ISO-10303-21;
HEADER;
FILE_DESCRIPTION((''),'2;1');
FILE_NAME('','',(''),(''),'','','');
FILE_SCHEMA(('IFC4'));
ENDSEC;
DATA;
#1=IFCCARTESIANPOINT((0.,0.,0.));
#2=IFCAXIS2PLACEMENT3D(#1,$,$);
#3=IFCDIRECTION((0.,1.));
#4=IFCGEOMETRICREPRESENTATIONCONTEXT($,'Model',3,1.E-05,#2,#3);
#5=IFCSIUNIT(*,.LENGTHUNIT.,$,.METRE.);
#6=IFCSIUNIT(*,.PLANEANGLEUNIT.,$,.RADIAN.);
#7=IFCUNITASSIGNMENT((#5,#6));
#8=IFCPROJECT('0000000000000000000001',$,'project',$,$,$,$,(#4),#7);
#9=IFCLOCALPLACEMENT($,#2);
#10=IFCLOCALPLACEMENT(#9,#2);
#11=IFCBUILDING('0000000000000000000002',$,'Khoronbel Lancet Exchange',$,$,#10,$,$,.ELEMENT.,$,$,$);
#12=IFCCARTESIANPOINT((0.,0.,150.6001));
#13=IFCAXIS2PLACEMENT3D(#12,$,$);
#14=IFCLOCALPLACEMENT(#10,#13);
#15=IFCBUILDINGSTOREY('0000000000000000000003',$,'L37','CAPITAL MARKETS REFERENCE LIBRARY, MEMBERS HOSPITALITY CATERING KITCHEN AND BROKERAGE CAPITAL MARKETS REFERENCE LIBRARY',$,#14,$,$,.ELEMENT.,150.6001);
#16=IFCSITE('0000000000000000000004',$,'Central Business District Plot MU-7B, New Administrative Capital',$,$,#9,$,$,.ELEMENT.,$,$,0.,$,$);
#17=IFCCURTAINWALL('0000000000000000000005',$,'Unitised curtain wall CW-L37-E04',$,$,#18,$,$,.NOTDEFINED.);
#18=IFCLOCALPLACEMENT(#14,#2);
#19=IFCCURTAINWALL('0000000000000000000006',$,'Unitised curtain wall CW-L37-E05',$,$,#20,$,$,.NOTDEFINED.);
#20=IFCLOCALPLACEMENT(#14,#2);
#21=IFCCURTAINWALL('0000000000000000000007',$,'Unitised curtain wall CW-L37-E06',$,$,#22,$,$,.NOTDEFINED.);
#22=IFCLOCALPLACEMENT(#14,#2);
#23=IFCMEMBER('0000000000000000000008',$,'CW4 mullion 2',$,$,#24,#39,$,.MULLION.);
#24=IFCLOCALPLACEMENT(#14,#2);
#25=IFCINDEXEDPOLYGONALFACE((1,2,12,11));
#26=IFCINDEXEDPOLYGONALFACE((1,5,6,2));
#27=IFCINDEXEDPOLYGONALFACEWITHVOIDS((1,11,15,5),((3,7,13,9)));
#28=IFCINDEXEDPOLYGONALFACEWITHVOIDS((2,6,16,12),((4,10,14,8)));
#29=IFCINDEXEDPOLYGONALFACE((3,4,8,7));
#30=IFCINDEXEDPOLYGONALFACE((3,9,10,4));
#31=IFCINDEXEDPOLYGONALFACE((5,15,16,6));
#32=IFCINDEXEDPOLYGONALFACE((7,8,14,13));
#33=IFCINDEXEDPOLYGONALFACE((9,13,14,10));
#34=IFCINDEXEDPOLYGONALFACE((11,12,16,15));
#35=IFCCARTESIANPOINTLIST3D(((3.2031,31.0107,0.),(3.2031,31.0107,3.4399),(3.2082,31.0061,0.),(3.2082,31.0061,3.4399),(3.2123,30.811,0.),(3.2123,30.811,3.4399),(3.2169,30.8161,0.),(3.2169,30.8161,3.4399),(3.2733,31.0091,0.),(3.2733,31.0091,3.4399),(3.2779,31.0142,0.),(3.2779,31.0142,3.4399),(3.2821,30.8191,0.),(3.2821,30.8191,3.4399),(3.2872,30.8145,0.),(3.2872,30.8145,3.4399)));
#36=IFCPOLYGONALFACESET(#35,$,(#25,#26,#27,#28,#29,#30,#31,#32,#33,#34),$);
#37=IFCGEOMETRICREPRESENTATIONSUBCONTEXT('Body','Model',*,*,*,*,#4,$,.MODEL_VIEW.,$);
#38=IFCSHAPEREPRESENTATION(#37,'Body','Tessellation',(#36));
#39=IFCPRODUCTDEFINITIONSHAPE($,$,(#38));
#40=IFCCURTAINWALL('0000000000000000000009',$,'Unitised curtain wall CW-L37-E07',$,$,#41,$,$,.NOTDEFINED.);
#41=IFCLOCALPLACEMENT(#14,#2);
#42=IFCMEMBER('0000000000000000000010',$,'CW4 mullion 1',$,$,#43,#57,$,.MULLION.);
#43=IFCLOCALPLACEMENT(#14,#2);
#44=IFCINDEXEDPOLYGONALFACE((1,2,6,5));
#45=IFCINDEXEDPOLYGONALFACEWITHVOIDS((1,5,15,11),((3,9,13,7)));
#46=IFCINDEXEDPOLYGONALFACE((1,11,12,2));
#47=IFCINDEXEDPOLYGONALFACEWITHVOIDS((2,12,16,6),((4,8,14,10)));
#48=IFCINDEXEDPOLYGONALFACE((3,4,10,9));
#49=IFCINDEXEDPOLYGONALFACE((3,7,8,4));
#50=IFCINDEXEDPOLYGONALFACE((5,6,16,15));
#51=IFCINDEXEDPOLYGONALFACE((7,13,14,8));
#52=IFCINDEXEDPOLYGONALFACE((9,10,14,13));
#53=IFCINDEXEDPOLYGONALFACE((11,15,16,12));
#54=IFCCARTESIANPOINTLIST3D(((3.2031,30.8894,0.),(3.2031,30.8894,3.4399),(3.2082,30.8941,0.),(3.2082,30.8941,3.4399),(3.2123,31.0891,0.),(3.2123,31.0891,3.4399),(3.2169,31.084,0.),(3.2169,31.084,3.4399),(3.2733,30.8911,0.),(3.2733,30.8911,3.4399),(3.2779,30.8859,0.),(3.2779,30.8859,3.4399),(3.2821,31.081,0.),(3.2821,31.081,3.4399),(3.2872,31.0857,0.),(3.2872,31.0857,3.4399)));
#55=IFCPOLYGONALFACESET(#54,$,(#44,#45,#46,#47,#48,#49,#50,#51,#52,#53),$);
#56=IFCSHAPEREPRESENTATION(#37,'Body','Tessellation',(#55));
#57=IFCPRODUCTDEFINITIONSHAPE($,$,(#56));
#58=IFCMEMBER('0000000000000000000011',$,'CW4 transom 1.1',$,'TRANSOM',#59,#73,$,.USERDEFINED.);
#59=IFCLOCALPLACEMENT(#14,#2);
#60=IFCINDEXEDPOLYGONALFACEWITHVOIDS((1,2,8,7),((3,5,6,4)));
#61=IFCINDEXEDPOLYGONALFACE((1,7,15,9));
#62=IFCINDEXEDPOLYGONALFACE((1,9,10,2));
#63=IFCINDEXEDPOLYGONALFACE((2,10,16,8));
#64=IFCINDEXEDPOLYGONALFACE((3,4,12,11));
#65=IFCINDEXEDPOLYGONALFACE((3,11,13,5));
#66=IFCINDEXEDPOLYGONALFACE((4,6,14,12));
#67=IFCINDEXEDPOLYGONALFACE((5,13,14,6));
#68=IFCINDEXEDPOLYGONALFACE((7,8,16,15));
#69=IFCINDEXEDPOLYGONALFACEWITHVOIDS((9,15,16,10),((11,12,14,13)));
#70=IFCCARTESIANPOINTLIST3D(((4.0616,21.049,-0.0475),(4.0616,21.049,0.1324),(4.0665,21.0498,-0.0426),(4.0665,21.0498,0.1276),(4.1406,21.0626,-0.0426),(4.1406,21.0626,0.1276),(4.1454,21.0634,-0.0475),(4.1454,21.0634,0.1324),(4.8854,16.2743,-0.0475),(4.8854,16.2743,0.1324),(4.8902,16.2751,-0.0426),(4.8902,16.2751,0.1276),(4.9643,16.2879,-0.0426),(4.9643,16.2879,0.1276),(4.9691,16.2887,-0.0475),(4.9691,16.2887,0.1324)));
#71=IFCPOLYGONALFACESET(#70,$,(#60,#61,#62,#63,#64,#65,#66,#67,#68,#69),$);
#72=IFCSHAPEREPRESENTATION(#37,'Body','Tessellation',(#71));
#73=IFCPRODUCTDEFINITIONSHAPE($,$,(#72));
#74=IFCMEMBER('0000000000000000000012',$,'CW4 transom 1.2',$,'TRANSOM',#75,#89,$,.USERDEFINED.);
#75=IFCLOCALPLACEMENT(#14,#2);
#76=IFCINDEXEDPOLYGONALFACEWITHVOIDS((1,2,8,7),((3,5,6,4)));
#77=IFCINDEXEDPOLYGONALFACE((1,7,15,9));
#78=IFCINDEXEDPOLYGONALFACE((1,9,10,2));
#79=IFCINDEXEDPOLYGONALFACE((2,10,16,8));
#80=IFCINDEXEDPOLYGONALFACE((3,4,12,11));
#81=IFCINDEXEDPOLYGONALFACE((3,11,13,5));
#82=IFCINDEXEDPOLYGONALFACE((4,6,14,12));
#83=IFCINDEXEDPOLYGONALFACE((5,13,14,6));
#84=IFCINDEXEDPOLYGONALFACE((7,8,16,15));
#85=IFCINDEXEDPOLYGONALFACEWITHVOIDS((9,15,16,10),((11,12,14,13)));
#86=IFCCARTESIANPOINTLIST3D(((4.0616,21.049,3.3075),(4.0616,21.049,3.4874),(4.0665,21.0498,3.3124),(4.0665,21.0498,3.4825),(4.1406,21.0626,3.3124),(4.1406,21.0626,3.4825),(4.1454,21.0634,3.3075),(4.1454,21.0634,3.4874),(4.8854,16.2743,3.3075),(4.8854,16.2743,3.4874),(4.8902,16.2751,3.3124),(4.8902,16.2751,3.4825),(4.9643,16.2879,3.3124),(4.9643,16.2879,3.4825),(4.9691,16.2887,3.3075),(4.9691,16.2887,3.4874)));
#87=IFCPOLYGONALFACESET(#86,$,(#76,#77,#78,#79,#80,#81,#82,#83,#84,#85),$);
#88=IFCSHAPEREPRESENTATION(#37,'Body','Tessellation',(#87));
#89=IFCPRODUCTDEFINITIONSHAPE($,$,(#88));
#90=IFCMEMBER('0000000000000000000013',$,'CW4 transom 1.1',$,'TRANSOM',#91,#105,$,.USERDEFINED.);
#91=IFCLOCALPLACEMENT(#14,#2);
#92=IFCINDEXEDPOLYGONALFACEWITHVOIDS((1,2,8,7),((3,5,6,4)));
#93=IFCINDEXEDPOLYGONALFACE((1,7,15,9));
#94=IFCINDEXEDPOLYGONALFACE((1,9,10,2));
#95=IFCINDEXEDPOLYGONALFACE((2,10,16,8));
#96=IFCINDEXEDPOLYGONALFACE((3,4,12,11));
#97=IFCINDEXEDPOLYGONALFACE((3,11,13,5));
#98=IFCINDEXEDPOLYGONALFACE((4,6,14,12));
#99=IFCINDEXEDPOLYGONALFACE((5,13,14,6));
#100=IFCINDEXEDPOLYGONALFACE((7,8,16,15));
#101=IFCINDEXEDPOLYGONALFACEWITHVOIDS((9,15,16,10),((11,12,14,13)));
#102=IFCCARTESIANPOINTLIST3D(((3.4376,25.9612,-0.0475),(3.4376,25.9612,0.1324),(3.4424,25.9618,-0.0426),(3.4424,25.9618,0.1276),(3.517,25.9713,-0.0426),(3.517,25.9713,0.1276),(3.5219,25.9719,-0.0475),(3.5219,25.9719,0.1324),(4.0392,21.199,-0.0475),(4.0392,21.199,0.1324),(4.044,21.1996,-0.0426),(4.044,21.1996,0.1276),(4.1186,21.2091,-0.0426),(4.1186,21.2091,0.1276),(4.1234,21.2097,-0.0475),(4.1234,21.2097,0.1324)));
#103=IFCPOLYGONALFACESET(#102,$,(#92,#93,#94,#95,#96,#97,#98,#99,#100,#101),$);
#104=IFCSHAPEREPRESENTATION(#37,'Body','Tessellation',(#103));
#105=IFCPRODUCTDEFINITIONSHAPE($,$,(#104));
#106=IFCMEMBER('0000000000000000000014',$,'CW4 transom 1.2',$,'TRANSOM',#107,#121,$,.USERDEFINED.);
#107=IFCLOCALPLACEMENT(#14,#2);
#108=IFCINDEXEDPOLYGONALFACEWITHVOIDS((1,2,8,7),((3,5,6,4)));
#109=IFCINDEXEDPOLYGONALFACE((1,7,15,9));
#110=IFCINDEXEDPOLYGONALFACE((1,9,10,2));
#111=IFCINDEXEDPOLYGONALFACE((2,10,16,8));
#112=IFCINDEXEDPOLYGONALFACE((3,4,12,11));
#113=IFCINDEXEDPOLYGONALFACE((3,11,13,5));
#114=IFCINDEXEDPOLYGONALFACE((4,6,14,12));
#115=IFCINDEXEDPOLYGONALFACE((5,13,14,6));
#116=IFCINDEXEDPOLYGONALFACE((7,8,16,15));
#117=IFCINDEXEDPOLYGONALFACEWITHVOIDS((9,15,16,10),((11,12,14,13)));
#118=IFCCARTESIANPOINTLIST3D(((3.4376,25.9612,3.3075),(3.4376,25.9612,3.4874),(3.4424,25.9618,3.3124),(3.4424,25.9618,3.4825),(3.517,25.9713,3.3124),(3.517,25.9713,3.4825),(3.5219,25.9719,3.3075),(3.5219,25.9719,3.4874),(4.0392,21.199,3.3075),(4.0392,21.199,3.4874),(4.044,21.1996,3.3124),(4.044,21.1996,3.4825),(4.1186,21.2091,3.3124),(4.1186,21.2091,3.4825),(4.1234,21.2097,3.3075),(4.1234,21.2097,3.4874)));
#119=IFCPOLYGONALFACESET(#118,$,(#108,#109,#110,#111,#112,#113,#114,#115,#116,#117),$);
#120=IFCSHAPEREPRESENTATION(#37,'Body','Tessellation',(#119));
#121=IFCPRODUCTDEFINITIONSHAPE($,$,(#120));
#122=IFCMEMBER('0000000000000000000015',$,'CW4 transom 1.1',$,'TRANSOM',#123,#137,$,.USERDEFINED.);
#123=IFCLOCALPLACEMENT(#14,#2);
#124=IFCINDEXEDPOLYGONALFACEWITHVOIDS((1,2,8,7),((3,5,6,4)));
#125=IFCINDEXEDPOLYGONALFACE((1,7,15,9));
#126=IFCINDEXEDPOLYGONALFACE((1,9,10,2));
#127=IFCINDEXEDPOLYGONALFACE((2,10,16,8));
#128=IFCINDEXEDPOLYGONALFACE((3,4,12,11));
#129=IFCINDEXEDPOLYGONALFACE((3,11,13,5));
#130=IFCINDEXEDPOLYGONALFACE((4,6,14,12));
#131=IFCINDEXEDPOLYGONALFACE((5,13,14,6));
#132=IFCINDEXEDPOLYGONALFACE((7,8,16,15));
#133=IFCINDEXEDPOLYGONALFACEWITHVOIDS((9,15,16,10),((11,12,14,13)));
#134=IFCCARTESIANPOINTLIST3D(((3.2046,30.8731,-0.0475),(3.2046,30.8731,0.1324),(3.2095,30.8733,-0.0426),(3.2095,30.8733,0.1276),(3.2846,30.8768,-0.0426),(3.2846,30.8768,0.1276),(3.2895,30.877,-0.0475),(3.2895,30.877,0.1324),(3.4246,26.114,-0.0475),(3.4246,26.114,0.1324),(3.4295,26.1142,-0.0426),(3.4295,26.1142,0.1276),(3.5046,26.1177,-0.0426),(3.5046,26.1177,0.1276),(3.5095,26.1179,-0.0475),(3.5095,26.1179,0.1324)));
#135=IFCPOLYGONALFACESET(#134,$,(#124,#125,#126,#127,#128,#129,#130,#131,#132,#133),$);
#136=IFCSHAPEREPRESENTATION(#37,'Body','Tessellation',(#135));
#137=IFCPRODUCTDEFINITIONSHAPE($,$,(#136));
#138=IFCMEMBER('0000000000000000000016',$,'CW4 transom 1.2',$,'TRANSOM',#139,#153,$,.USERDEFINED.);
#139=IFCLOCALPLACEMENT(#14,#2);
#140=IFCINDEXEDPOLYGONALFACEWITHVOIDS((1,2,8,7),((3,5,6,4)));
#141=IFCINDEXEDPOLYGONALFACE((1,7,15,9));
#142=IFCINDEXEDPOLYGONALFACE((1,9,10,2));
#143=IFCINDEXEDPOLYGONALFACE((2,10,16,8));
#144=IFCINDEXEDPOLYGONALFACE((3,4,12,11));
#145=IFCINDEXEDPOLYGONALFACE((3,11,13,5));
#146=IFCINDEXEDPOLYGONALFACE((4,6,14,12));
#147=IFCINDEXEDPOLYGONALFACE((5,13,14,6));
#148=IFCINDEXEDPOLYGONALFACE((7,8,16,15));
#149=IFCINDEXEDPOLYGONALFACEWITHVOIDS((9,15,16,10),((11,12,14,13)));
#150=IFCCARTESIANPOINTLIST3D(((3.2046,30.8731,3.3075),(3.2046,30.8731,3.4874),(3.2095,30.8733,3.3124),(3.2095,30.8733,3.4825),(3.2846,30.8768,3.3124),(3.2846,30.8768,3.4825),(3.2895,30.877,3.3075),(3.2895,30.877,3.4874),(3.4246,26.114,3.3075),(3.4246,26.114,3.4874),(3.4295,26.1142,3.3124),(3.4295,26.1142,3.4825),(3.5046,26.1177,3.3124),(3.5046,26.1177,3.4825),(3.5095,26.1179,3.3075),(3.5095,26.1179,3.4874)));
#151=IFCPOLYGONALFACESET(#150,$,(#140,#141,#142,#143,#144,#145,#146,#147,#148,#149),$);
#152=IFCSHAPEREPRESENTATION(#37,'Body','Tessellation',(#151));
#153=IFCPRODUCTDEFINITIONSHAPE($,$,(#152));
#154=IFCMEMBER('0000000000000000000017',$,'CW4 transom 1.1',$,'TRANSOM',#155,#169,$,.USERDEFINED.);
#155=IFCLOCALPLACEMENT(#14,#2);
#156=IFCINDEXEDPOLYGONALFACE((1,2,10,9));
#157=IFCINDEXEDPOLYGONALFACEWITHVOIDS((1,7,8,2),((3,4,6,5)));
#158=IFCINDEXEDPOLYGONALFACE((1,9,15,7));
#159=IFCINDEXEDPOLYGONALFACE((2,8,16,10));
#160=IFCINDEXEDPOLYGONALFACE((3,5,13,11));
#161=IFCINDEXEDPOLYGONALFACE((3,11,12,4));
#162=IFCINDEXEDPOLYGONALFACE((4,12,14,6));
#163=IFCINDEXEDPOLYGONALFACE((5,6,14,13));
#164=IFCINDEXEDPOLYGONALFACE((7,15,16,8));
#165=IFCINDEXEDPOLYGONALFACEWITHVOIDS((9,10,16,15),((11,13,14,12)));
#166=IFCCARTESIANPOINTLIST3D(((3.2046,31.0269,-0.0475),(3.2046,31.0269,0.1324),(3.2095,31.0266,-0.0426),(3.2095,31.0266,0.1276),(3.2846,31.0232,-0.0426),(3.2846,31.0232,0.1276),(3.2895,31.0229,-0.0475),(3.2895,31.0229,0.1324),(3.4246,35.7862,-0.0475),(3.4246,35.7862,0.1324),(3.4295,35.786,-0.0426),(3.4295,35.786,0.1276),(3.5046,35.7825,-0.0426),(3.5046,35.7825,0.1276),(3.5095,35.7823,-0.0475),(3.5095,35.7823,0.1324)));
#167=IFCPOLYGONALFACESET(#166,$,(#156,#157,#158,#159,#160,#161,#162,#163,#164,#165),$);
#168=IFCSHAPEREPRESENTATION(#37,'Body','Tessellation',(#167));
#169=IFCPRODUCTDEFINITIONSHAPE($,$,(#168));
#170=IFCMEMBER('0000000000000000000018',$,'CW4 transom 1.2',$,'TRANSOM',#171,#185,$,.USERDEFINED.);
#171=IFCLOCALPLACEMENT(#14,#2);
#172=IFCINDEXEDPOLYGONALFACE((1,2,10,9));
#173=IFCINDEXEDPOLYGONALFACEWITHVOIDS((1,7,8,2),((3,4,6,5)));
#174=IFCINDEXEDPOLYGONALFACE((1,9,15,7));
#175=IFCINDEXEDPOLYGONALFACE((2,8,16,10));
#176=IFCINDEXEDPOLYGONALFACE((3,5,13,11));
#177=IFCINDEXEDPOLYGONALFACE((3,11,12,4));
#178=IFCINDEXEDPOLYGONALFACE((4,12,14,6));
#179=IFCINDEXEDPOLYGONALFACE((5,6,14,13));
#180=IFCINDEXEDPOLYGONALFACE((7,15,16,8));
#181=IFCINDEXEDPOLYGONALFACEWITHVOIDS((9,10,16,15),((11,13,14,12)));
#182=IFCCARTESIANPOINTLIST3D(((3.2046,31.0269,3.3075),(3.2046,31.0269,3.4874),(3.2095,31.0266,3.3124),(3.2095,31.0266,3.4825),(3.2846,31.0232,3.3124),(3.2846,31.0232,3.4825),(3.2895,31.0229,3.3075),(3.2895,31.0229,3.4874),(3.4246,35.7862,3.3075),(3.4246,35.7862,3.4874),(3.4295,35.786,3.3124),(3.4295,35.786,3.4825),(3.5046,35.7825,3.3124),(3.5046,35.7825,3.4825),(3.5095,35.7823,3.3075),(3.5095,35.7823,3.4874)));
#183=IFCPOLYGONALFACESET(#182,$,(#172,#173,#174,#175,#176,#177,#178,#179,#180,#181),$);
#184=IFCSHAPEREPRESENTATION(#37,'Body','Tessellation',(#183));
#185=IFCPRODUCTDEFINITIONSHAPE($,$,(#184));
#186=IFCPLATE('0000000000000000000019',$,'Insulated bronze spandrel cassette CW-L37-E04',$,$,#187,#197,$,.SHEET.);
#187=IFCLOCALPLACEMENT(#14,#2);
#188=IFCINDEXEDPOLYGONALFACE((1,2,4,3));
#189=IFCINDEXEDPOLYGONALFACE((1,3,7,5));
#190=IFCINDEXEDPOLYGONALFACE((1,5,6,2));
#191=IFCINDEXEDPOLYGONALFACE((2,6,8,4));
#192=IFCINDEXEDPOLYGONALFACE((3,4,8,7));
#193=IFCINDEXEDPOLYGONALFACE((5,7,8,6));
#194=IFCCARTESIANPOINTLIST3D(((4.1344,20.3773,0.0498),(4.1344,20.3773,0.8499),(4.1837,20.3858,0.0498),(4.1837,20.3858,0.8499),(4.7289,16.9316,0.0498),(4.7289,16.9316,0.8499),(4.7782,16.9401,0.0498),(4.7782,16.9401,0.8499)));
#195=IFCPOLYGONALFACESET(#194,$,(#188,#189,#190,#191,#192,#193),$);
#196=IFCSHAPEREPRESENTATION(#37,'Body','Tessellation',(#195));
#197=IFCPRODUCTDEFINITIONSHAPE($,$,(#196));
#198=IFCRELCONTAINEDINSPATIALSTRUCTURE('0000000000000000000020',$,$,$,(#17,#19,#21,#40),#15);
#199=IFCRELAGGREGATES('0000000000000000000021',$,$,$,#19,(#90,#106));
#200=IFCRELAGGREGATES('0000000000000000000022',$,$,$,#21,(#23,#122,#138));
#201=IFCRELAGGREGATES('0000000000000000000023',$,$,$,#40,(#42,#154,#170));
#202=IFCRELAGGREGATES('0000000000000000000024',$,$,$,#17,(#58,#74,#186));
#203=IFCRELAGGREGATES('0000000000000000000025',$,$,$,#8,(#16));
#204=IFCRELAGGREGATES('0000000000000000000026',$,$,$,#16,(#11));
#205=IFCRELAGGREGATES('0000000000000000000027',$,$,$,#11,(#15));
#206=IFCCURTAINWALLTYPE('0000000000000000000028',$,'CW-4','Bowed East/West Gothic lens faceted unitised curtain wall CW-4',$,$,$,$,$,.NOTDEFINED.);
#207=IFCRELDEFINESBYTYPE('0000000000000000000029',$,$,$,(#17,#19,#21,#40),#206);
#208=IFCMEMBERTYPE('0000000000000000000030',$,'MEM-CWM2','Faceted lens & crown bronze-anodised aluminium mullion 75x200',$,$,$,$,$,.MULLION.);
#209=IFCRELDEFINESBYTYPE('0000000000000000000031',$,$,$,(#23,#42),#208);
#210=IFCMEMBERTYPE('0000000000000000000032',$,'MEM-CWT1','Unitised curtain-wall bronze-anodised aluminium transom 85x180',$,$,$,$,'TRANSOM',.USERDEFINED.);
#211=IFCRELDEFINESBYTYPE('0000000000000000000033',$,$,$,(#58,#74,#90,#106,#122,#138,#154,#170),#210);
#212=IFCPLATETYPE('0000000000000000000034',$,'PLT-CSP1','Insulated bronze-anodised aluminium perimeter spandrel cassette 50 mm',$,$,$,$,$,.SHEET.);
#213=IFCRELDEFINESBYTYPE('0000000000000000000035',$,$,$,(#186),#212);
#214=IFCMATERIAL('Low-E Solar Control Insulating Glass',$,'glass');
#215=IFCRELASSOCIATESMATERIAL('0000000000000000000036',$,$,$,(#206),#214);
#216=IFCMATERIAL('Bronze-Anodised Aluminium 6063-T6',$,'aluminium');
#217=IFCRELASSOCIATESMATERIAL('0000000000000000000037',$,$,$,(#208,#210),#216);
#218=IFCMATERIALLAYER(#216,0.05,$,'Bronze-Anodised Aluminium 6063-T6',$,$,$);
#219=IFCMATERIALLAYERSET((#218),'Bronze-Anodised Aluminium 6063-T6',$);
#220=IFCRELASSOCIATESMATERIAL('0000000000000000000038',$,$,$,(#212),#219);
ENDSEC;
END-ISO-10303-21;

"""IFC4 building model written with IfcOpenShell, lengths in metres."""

from ifc_helpers import new_model, si_unit, direction, frame, origin, origin_2d, place, context, subcontext, project, spatial, rectangle, hollow_rectangle, extrude, material, layer, layer_set, material_profile, profile_set, type_object, element, aggregate, save


model = new_model("IFC4")

# Units and contexts
model_context = context("Model", 3, precision=1e-05, world=origin(), true_north=direction((0.0, 1.0)))
body_context = subcontext(model_context, "Body", "Model", "MODEL_VIEW")
ifc_project = project(units=[si_unit("LENGTHUNIT", "METRE"), si_unit("PLANEANGLEUNIT", "RADIAN")], contexts=[model_context])

# Site, building, storey
site_placement = place(None, origin())
site = spatial("IfcSite", under=ifc_project, at=site_placement, Name="Central Business District Plot MU-7B, New Administrative Capital", CompositionType="ELEMENT", RefElevation=0.0)
building_placement = place(site_placement, origin())
building = spatial("IfcBuilding", under=site, at=building_placement, Name="Khoronbel Lancet Exchange", CompositionType="ELEMENT")
storey_placement = place(building_placement, frame((0.0, 0.0, 150.6001)))
storey = spatial("IfcBuildingStorey", under=building, at=storey_placement, Name="L37", Description="CAPITAL MARKETS REFERENCE LIBRARY, MEMBERS HOSPITALITY CATERING KITCHEN AND BROKERAGE CAPITAL MARKETS REFERENCE LIBRARY", CompositionType="ELEMENT", Elevation=150.6001)

# Curtain walls, member
ifc_material_1 = material(Name="Low-E Solar Control Insulating Glass", Category="glass")
curtain_wall_type = type_object("IfcCurtainWallType", Name="CW-4", Description="Bowed East/West Gothic lens faceted unitised curtain wall CW-4", PredefinedType="NOTDEFINED", material=ifc_material_1)
curtain_wall_1_placement = place(storey_placement, origin())
curtain_wall_1 = element("IfcCurtainWall", 1, at=curtain_wall_1_placement, inside=storey, type_object=curtain_wall_type, Name="Unitised curtain wall CW-L37-E04", PredefinedType="NOTDEFINED")
ifc_material_2 = material(Name="Bronze-Anodised Aluminium 6063-T6", Category="aluminium")
ifc_material_profile_1 = material_profile(ifc_material_2, hollow_rectangle(XDim=0.075, YDim=0.2, WallThickness=0.0049, at=origin_2d()), Name="ALU MULLION 75x200")
ifc_profile_set_1 = profile_set([ifc_material_profile_1], Name="Bronze-Anodised Aluminium 6063-T6")
member_type_1 = type_object("IfcMemberType", Name="MEM-CWM2", Description="Faceted lens & crown bronze-anodised aluminium mullion 75x200", PredefinedType="MULLION", material=ifc_profile_set_1)
curtain_wall_2_placement = place(storey_placement, origin())
curtain_wall_2 = element("IfcCurtainWall", 2, at=curtain_wall_2_placement, inside=storey, type_object=curtain_wall_type, Name="Unitised curtain wall CW-L37-E05", PredefinedType="NOTDEFINED")
curtain_wall_3_placement = place(storey_placement, origin())
curtain_wall_3 = element("IfcCurtainWall", 3, at=curtain_wall_3_placement, inside=storey, type_object=curtain_wall_type, Name="Unitised curtain wall CW-L37-E06", PredefinedType="NOTDEFINED")
member_1_placement = place(storey_placement, frame((3.2451, 30.9126, 0.0), z_axis=(0.0, 0.0, 1.0), x_axis=(-0.998934, -0.046172, 0.0)))
member_1 = element("IfcMember", 4, at=member_1_placement, type_object=member_type_1, Name="CW4 mullion 2", PredefinedType="MULLION", context=body_context, shape_type="SweptSolid", body=[
    extrude(hollow_rectangle(XDim=0.075, YDim=0.2, WallThickness=0.0049, at=origin_2d()), origin(), (0.0, 0.0, 1.0), 3.4399),
])

# Curtain wall, member
curtain_wall_4_placement = place(storey_placement, origin())
curtain_wall_4 = element("IfcCurtainWall", 5, at=curtain_wall_4_placement, inside=storey, type_object=curtain_wall_type, Name="Unitised curtain wall CW-L37-E07", PredefinedType="NOTDEFINED")
member_2_placement = place(storey_placement, frame((3.2451, 30.9875, 0.0), z_axis=(0.0, 0.0, 1.0), x_axis=(-0.998934, 0.046172, 0.0)))
member_2 = element("IfcMember", 6, at=member_2_placement, type_object=member_type_1, Name="CW4 mullion 1", PredefinedType="MULLION", context=body_context, shape_type="SweptSolid", body=[
    extrude(hollow_rectangle(XDim=0.075, YDim=0.2, WallThickness=0.0049, at=origin_2d()), origin(), (0.0, 0.0, 1.0), 3.4399),
])

# Members
ifc_material_profile_2 = material_profile(ifc_material_2, hollow_rectangle(XDim=0.085, YDim=0.1799, WallThickness=0.0049, at=origin_2d()), Name="ALU TRANSOM 85x180")
ifc_profile_set_2 = profile_set([ifc_material_profile_2], Name="Bronze-Anodised Aluminium 6063-T6")
member_type_2 = type_object("IfcMemberType", Name="MEM-CWT1", Description="Unitised curtain-wall bronze-anodised aluminium transom 85x180", ElementType="TRANSOM", PredefinedType="USERDEFINED", material=ifc_profile_set_2)
member_3_placement = place(storey_placement, frame((4.9272, 16.2815, 0.0425), z_axis=(-0.17001, 0.985442, 0.0), x_axis=(-0.985442, -0.17001, 0.0)))
member_3 = element("IfcMember", 7, at=member_3_placement, type_object=member_type_2, Name="CW4 transom 1.1", ObjectType="TRANSOM", PredefinedType="USERDEFINED", context=body_context, shape_type="SweptSolid", body=[
    extrude(hollow_rectangle(XDim=0.085, YDim=0.1799, WallThickness=0.0049, at=origin_2d()), origin(), (0.0, 0.0, 1.0), 4.8452),
])
member_4_placement = place(storey_placement, frame((4.9272, 16.2815, 3.3975), z_axis=(-0.17001, 0.985442, 0.0), x_axis=(-0.985442, -0.17001, 0.0)))
member_4 = element("IfcMember", 8, at=member_4_placement, type_object=member_type_2, Name="CW4 transom 1.2", ObjectType="TRANSOM", PredefinedType="USERDEFINED", context=body_context, shape_type="SweptSolid", body=[
    extrude(hollow_rectangle(XDim=0.085, YDim=0.1799, WallThickness=0.0049, at=origin_2d()), origin(), (0.0, 0.0, 1.0), 4.8452),
])
member_5_placement = place(storey_placement, frame((4.0813, 21.2043, 0.0425), z_axis=(-0.125324, 0.992116, 0.0), x_axis=(-0.992116, -0.125324, 0.0)))
member_5 = element("IfcMember", 9, at=member_5_placement, type_object=member_type_2, Name="CW4 transom 1.1", ObjectType="TRANSOM", PredefinedType="USERDEFINED", context=body_context, shape_type="SweptSolid", body=[
    extrude(hollow_rectangle(XDim=0.085, YDim=0.1799, WallThickness=0.0049, at=origin_2d()), origin(), (0.0, 0.0, 1.0), 4.8),
])
member_6_placement = place(storey_placement, frame((4.0813, 21.2043, 3.3975), z_axis=(-0.125324, 0.992116, 0.0), x_axis=(-0.992116, -0.125324, 0.0)))
member_6 = element("IfcMember", 10, at=member_6_placement, type_object=member_type_2, Name="CW4 transom 1.2", ObjectType="TRANSOM", PredefinedType="USERDEFINED", context=body_context, shape_type="SweptSolid", body=[
    extrude(hollow_rectangle(XDim=0.085, YDim=0.1799, WallThickness=0.0049, at=origin_2d()), origin(), (0.0, 0.0, 1.0), 4.8),
])
member_7_placement = place(storey_placement, frame((3.467, 26.116, 0.0425), z_axis=(-0.046172, 0.998933, 0.0), x_axis=(-0.998933, -0.046172, 0.0)))
member_7 = element("IfcMember", 11, at=member_7_placement, type_object=member_type_2, Name="CW4 transom 1.1", ObjectType="TRANSOM", PredefinedType="USERDEFINED", context=body_context, shape_type="SweptSolid", body=[
    extrude(hollow_rectangle(XDim=0.085, YDim=0.1799, WallThickness=0.0049, at=origin_2d()), origin(), (0.0, 0.0, 1.0), 4.7642),
])
member_8_placement = place(storey_placement, frame((3.467, 26.116, 3.3975), z_axis=(-0.046172, 0.998933, 0.0), x_axis=(-0.998933, -0.046172, 0.0)))
member_8 = element("IfcMember", 12, at=member_8_placement, type_object=member_type_2, Name="CW4 transom 1.2", ObjectType="TRANSOM", PredefinedType="USERDEFINED", context=body_context, shape_type="SweptSolid", body=[
    extrude(hollow_rectangle(XDim=0.085, YDim=0.1799, WallThickness=0.0049, at=origin_2d()), origin(), (0.0, 0.0, 1.0), 4.7642),
])
member_9_placement = place(storey_placement, frame((3.2471, 31.0249, 0.0425), z_axis=(0.04617, 0.998934, 0.0), x_axis=(-0.998934, 0.04617, 0.0)))
member_9 = element("IfcMember", 13, at=member_9_placement, type_object=member_type_2, Name="CW4 transom 1.1", ObjectType="TRANSOM", PredefinedType="USERDEFINED", context=body_context, shape_type="SweptSolid", body=[
    extrude(hollow_rectangle(XDim=0.085, YDim=0.1799, WallThickness=0.0049, at=origin_2d()), origin(), (0.0, 0.0, 1.0), 4.7644),
])
member_10_placement = place(storey_placement, frame((3.2471, 31.0249, 3.3975), z_axis=(0.04617, 0.998934, 0.0), x_axis=(-0.998934, 0.04617, 0.0)))
member_10 = element("IfcMember", 14, at=member_10_placement, type_object=member_type_2, Name="CW4 transom 1.2", ObjectType="TRANSOM", PredefinedType="USERDEFINED", context=body_context, shape_type="SweptSolid", body=[
    extrude(hollow_rectangle(XDim=0.085, YDim=0.1799, WallThickness=0.0049, at=origin_2d()), origin(), (0.0, 0.0, 1.0), 4.7644),
])

# Plate
ifc_layer_1 = layer(ifc_material_2, 0.05, Name="Bronze-Anodised Aluminium 6063-T6")
ifc_layer_set_1 = layer_set([ifc_layer_1], Name="Bronze-Anodised Aluminium 6063-T6")
plate_type_1 = type_object("IfcPlateType", Name="PLT-CSP1", Description="Insulated bronze-anodised aluminium perimeter spandrel cassette 50 mm", PredefinedType="SHEET", material=ifc_layer_set_1)
plate_1_placement = place(storey_placement, frame((4.4563, 18.6587, 0.0498), z_axis=(0.0, 0.0, 1.0), x_axis=(-0.170029, 0.985439, 0.0)))
plate_1 = element("IfcPlate", 15, at=plate_1_placement, type_object=plate_type_1, Name="Insulated bronze spandrel cassette CW-L37-E04", PredefinedType="SHEET", context=body_context, shape_type="SweptSolid", body=[
    extrude(rectangle(XDim=3.4966, YDim=0.05, at=origin_2d()), origin(), (0.0, 0.0, 1.0), 0.8),
])
aggregate(curtain_wall_2, [member_5, member_6])
aggregate(curtain_wall_3, [member_1, member_7, member_8])
aggregate(curtain_wall_4, [member_2, member_9, member_10])
aggregate(curtain_wall_1, [member_3, member_4, plate_1])

save(model, "model.ifc")
